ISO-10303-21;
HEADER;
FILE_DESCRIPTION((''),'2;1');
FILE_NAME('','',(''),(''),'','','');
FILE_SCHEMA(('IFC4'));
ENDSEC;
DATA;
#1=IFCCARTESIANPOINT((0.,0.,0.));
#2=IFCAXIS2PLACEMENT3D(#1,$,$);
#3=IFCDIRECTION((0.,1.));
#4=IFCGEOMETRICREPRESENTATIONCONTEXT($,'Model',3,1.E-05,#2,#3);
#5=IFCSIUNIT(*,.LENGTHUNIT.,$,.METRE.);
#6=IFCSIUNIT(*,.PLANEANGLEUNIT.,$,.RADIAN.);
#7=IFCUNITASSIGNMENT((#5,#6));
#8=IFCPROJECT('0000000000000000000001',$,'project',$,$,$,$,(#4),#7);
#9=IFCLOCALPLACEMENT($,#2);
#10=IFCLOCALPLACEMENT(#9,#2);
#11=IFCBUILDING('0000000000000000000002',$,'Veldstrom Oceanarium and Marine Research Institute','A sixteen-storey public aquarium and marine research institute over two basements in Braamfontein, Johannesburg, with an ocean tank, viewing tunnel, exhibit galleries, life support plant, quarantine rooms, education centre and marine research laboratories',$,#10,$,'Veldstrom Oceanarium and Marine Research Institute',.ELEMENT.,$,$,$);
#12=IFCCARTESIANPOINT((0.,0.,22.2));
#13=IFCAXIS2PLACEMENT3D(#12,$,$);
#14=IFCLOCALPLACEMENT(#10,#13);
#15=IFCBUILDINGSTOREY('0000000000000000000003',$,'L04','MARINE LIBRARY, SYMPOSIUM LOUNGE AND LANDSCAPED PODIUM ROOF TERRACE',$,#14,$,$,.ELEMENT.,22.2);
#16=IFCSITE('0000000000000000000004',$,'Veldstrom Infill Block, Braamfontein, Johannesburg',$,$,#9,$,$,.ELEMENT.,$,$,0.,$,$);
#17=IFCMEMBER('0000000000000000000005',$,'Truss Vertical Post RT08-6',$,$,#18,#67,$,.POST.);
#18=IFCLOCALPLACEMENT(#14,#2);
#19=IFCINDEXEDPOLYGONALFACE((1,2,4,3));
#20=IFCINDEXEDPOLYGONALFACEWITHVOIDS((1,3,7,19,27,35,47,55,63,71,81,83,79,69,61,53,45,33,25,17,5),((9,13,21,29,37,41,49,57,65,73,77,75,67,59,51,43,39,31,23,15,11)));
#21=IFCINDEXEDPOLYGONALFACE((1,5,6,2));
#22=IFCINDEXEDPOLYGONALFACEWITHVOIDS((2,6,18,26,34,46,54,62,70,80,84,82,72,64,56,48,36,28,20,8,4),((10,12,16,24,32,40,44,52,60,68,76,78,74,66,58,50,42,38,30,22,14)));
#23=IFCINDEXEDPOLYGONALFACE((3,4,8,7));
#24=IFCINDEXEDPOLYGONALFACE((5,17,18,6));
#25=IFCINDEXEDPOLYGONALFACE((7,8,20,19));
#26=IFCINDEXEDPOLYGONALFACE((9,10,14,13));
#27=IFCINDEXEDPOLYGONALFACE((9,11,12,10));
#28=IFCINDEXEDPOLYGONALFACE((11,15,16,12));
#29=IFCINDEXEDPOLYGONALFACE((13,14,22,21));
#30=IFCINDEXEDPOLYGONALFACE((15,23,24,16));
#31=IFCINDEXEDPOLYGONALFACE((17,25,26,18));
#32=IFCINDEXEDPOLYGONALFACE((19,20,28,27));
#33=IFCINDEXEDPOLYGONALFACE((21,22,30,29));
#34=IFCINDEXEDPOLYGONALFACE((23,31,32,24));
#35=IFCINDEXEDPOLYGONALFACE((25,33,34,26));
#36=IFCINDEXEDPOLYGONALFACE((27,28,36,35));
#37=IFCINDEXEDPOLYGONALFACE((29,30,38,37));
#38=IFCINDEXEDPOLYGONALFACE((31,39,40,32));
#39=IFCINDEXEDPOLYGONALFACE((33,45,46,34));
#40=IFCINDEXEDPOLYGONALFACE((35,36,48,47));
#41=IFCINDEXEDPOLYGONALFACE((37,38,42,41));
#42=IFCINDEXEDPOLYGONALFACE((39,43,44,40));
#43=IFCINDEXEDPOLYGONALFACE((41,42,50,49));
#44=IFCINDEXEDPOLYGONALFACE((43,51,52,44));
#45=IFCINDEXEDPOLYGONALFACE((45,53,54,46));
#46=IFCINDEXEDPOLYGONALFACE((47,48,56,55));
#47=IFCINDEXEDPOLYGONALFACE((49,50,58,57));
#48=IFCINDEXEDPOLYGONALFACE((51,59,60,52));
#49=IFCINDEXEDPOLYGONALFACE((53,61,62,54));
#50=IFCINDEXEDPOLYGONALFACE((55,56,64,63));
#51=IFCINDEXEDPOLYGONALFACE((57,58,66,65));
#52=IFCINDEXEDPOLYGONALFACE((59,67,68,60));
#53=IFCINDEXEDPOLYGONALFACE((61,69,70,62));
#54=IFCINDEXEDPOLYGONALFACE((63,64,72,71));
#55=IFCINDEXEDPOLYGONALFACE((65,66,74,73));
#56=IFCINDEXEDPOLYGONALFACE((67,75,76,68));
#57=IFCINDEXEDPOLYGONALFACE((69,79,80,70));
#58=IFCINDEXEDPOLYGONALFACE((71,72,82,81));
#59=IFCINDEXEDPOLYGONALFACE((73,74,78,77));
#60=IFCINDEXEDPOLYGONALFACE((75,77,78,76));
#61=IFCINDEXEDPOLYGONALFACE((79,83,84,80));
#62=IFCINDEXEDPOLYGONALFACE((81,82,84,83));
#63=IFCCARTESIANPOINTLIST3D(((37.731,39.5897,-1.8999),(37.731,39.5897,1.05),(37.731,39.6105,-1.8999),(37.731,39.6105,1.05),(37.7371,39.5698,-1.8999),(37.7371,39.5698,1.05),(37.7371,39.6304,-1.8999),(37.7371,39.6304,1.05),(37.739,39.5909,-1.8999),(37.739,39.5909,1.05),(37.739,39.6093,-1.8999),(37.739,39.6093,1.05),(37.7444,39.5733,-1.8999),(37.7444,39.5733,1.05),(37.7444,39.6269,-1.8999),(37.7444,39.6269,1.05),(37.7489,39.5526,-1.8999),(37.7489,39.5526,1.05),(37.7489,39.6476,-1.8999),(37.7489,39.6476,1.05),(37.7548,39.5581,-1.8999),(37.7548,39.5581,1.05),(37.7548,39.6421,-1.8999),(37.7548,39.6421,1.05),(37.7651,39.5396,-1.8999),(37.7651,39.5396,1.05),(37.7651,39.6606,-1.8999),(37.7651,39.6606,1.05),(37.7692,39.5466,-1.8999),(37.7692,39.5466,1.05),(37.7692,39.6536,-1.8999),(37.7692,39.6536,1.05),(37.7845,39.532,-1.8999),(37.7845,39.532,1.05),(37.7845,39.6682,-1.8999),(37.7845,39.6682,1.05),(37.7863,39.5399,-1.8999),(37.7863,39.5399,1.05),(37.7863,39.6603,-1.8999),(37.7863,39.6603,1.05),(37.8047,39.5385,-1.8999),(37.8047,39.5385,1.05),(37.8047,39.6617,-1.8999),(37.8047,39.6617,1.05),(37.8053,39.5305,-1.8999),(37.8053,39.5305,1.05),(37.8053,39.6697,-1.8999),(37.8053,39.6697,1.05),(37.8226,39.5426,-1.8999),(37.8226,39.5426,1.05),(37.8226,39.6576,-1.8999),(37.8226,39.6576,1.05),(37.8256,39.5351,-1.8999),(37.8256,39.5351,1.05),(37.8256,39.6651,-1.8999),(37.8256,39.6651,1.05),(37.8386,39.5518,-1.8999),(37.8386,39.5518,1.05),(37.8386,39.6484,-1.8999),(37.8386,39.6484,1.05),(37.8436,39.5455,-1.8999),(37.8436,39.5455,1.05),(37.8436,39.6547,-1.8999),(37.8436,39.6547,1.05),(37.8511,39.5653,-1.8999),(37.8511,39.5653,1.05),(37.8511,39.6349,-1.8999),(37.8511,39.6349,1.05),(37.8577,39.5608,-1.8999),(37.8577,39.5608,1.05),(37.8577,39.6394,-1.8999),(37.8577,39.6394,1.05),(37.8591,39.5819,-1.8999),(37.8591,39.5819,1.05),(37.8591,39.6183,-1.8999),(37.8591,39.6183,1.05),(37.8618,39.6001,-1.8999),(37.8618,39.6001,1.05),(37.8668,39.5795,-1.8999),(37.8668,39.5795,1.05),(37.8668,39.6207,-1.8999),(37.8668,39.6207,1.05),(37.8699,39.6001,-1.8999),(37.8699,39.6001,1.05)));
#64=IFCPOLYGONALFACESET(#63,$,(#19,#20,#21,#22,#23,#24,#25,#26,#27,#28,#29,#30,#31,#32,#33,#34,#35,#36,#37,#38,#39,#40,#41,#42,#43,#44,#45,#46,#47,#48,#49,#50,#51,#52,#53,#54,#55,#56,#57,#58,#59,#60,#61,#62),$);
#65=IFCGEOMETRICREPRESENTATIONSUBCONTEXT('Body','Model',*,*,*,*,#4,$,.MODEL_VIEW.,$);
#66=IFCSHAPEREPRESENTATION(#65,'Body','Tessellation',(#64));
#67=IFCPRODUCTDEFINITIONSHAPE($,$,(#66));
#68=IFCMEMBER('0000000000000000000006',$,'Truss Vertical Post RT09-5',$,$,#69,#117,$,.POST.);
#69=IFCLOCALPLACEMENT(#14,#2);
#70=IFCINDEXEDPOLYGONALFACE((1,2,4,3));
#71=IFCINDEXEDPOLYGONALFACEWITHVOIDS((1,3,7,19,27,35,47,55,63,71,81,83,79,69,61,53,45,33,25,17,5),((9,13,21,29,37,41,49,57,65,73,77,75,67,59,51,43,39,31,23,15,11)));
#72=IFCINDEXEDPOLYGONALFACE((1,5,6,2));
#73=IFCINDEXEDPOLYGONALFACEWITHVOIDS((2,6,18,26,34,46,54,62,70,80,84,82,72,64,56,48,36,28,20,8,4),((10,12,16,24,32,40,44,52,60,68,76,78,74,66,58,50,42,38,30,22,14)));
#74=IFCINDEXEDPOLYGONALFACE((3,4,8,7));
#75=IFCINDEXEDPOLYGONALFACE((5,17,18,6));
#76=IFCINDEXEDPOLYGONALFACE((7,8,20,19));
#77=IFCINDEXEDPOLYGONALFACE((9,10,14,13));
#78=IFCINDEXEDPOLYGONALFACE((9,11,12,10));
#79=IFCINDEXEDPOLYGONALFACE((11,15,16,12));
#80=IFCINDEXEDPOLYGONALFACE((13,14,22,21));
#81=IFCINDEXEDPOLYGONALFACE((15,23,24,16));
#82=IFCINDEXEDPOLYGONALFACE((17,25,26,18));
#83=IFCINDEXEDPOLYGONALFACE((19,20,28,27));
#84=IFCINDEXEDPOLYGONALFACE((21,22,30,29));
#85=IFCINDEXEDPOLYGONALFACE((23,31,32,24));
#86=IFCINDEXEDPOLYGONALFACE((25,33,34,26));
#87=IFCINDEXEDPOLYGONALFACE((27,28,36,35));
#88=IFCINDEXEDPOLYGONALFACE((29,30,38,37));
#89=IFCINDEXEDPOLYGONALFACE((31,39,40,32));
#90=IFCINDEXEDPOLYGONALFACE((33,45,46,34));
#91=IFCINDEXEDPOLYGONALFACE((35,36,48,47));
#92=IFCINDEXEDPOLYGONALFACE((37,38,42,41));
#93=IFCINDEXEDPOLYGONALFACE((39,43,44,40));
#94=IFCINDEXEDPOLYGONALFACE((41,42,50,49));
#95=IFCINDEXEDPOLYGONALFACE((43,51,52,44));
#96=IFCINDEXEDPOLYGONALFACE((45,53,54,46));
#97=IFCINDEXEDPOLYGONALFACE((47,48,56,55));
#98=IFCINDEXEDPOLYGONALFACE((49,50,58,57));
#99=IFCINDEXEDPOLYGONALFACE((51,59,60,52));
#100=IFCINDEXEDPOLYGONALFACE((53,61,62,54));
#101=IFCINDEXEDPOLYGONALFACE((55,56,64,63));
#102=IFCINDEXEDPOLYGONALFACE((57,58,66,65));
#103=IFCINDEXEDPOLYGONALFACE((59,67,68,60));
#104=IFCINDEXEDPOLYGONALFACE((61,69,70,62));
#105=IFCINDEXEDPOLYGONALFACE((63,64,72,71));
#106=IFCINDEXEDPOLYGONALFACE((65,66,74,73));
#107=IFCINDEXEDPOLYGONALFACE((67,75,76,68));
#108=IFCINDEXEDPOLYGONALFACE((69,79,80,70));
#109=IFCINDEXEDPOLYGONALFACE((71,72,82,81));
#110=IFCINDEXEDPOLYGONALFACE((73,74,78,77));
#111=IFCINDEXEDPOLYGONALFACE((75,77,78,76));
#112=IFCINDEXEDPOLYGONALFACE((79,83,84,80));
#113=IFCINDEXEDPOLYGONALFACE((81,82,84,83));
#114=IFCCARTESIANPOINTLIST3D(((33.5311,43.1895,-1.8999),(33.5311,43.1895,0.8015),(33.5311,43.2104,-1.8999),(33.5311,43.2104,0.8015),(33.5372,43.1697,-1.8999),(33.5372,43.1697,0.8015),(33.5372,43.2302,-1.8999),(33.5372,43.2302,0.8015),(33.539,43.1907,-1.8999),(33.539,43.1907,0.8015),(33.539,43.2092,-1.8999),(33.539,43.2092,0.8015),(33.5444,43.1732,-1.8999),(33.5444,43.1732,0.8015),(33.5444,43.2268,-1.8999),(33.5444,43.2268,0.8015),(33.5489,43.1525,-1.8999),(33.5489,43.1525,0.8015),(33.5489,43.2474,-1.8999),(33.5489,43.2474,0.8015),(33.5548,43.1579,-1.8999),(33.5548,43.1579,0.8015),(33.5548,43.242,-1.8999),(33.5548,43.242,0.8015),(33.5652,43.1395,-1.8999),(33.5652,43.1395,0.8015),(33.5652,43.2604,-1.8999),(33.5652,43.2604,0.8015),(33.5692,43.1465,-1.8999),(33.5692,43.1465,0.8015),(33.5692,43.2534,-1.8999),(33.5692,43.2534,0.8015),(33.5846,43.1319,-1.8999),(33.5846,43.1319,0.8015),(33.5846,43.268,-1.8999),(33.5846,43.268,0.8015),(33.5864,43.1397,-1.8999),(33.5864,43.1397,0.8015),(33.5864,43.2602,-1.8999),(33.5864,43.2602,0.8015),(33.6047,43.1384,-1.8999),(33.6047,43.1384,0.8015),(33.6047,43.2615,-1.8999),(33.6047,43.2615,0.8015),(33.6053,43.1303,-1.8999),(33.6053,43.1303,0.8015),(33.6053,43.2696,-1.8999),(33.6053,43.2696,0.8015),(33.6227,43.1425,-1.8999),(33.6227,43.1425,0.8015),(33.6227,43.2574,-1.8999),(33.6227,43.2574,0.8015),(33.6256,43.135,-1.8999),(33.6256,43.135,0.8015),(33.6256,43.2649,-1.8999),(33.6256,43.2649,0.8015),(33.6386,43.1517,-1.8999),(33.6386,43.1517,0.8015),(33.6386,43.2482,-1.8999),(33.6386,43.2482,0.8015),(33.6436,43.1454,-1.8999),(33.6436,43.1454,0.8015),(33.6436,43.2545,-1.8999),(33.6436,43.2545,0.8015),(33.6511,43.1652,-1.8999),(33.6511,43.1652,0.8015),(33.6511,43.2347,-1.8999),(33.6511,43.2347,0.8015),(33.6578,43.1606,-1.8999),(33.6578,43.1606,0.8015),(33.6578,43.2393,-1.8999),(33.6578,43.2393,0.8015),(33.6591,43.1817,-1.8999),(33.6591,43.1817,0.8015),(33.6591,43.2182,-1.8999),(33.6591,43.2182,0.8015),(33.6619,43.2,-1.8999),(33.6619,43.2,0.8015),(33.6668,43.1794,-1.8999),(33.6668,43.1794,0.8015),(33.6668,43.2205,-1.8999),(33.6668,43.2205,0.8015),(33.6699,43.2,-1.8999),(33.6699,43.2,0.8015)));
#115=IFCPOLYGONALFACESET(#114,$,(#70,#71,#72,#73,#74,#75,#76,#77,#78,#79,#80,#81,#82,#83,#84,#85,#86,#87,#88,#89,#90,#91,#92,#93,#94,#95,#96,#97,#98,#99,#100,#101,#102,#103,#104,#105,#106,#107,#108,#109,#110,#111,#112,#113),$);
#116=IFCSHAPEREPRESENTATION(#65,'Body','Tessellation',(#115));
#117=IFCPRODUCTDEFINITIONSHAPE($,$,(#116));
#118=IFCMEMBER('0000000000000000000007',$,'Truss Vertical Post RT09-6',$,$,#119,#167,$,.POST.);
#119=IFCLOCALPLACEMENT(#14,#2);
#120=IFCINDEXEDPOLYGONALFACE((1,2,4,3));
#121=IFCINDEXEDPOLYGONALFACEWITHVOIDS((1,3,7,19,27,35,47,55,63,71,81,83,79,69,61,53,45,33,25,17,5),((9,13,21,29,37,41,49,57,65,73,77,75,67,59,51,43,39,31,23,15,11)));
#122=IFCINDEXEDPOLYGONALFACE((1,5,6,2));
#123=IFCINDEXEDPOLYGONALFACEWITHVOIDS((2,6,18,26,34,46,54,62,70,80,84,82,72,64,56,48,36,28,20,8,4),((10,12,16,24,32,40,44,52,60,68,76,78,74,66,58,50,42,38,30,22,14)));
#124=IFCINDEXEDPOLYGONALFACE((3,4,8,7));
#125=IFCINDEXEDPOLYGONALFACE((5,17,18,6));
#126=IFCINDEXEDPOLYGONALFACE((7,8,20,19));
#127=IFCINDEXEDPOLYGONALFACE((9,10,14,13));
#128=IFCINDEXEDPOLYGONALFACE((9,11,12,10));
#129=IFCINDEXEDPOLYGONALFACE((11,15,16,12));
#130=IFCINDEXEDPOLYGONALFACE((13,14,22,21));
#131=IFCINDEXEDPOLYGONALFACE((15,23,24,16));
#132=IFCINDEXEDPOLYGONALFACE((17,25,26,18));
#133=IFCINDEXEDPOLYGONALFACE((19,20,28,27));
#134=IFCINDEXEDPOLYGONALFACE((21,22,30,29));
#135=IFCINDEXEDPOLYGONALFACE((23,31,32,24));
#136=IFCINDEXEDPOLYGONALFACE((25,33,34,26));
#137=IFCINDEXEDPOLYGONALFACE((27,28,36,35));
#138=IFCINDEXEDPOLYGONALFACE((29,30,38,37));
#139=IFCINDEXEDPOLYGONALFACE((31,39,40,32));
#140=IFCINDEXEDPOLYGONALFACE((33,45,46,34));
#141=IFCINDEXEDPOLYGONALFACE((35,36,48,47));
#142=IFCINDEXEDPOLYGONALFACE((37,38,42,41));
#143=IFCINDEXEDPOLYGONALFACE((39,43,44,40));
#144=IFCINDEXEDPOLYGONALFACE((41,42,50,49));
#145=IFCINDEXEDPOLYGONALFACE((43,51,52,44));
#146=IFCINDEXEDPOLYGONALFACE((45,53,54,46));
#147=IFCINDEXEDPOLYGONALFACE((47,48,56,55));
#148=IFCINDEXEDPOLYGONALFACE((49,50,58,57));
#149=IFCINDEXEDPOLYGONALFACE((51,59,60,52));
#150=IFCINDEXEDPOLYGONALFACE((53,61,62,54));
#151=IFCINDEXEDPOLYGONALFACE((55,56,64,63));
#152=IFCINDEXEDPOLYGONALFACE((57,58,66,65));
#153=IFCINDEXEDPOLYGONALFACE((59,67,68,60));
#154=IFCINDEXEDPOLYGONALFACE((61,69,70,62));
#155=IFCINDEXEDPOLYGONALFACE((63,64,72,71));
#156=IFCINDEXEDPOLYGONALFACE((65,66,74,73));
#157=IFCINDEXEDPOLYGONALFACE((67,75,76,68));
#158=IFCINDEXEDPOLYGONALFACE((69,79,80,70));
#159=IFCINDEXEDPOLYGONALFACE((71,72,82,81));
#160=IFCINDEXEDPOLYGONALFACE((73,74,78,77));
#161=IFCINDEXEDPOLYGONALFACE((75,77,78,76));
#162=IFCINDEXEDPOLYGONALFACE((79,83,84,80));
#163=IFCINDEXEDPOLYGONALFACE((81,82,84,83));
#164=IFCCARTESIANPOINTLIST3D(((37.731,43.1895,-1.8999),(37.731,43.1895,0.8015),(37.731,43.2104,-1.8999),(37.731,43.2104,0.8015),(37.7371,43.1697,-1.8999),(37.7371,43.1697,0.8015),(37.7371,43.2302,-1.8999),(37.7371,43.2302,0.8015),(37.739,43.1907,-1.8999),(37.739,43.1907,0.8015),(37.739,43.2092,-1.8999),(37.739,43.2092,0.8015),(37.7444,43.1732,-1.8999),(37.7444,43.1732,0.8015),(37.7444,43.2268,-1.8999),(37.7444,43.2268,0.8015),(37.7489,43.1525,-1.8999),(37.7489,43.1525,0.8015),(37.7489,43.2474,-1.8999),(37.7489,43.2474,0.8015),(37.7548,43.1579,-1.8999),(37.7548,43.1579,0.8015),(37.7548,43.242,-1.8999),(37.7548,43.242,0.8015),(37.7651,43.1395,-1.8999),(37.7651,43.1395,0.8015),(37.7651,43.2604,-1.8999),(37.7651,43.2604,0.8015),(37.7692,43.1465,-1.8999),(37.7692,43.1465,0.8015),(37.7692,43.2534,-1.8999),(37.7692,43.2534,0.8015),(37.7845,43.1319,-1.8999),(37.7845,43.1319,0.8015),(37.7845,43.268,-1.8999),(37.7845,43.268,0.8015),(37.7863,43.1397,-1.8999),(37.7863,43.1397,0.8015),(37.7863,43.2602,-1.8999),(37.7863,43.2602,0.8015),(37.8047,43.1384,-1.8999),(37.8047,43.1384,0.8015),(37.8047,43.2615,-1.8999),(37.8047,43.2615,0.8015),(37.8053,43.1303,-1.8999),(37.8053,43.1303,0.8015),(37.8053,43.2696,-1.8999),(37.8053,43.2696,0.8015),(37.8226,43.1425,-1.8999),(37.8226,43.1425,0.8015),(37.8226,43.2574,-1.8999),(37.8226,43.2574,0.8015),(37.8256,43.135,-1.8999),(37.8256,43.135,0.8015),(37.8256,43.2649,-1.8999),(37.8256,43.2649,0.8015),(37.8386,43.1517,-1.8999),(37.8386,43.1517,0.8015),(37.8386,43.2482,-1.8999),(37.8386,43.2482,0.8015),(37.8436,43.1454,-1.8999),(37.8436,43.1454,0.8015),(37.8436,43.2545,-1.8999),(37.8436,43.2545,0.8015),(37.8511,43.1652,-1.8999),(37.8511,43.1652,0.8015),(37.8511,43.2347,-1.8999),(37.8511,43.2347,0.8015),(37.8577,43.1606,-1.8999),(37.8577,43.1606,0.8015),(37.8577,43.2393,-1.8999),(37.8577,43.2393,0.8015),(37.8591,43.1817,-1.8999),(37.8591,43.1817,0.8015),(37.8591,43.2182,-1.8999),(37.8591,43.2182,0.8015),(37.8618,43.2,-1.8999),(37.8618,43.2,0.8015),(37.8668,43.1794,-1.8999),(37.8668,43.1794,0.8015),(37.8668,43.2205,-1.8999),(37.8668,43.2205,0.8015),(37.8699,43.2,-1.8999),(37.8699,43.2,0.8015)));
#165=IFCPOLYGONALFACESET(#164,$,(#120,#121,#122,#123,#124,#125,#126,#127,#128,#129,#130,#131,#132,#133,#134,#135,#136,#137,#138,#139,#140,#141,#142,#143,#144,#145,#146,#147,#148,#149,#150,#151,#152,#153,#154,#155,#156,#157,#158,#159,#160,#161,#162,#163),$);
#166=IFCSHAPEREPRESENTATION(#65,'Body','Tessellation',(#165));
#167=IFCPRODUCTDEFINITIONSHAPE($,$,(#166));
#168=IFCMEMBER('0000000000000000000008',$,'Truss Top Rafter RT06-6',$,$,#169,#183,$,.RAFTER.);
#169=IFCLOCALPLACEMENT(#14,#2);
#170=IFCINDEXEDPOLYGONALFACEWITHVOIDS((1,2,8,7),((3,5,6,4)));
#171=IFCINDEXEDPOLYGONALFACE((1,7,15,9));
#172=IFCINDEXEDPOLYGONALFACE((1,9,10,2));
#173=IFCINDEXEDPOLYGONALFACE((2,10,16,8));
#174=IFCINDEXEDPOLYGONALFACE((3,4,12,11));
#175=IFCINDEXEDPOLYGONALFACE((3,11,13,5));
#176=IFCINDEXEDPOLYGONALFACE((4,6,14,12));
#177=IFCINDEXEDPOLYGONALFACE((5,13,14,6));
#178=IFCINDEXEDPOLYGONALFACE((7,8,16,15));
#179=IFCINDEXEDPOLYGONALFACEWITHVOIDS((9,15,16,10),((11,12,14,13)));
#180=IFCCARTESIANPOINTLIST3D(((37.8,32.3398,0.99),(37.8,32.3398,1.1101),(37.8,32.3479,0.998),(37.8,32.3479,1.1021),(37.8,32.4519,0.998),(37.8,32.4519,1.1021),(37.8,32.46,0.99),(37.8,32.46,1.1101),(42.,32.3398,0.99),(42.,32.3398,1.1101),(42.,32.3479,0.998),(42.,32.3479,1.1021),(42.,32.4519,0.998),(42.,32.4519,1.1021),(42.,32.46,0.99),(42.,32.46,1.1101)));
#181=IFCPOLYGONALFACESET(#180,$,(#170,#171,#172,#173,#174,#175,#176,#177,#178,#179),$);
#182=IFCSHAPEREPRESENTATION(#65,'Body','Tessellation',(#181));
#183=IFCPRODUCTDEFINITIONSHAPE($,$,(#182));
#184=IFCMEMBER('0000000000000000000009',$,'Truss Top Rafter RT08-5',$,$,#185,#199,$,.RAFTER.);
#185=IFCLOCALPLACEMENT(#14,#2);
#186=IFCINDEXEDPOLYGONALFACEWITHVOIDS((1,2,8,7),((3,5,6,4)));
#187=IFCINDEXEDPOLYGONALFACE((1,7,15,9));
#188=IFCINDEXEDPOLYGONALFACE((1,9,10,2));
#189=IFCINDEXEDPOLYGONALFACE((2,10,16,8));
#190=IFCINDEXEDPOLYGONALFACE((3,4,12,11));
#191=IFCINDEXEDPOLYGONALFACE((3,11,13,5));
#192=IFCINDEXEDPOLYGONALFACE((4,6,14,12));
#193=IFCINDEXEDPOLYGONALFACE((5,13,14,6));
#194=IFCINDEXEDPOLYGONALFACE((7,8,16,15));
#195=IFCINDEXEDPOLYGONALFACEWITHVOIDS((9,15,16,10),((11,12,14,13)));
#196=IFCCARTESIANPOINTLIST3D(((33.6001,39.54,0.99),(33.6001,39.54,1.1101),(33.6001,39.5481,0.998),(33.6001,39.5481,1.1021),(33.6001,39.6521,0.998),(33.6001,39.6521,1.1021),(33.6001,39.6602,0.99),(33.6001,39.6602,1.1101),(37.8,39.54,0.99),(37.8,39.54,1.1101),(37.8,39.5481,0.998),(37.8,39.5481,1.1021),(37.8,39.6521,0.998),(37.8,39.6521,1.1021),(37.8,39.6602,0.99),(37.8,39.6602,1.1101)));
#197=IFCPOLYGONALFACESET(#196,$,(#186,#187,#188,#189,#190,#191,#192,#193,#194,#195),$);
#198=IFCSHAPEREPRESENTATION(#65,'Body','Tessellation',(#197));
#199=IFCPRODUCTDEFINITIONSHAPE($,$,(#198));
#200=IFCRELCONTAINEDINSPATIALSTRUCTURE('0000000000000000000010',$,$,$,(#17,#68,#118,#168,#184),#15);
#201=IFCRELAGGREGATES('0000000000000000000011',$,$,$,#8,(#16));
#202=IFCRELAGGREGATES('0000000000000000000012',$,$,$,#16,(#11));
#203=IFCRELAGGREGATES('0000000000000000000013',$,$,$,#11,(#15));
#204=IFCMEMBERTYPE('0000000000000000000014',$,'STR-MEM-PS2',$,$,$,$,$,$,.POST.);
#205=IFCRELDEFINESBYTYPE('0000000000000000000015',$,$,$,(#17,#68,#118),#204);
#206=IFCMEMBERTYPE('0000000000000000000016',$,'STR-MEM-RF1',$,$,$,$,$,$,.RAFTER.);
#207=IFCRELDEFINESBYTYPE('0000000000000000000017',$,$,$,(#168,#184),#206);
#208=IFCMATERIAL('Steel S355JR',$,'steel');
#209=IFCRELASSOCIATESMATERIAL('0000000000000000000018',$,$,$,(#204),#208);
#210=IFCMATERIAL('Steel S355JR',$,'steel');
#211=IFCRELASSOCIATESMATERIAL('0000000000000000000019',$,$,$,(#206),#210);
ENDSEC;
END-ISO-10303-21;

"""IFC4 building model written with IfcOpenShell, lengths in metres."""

from ifc_helpers import new_model, si_unit, direction, frame, origin, origin_2d, place, context, subcontext, project, spatial, hollow_rectangle, hollow_circle, extrude, material, material_profile, profile_set, type_object, element, save


model = new_model("IFC4")

# Units and contexts
model_context = context("Model", 3, precision=1e-05, world=origin(), true_north=direction((0.0, 1.0)))
body_context = subcontext(model_context, "Body", "Model", "MODEL_VIEW")
ifc_project = project(units=[si_unit("LENGTHUNIT", "METRE"), si_unit("PLANEANGLEUNIT", "RADIAN")], contexts=[model_context])

# Site, building, storey
site_placement = place(None, origin())
site = spatial("IfcSite", under=ifc_project, at=site_placement, Name="Veldstrom Infill Block, Braamfontein, Johannesburg", CompositionType="ELEMENT", RefElevation=0.0)
building_placement = place(site_placement, origin())
building = spatial("IfcBuilding", under=site, at=building_placement, Name="Veldstrom Oceanarium and Marine Research Institute", Description="A sixteen-storey public aquarium and marine research institute over two basements in Braamfontein, Johannesburg, with an ocean tank, viewing tunnel, exhibit galleries, life support plant, quarantine rooms, education centre and marine research laboratories", LongName="Veldstrom Oceanarium and Marine Research Institute", CompositionType="ELEMENT")
storey_placement = place(building_placement, frame((0.0, 0.0, 22.2)))
storey = spatial("IfcBuildingStorey", under=building, at=storey_placement, Name="L04", Description="MARINE LIBRARY, SYMPOSIUM LOUNGE AND LANDSCAPED PODIUM ROOF TERRACE", CompositionType="ELEMENT", Elevation=22.2)

# Members
ifc_material_1 = material(Name="Steel S355JR", Category="steel")
ifc_material_profile_1 = material_profile(ifc_material_1, hollow_circle(Radius=0.0698, WallThickness=0.0081, at=origin_2d()), Name="CHS 139.7x8")
ifc_profile_set_1 = profile_set([ifc_material_profile_1], Name="Steel S355JR")
member_type_1 = type_object("IfcMemberType", Name="STR-MEM-PS2", PredefinedType="POST", material=ifc_profile_set_1)
for number, where, z_axis, x_axis, name in (
    (1, (37.8, 39.6001, -1.8999), (0.0, 0.0, 1.0), (1.0, 0.0, 0.0), "Truss Vertical Post RT08-6"),
):
    element("IfcMember", number, at=place(storey_placement, frame(where, z_axis=z_axis, x_axis=x_axis)), inside=storey, type_object=member_type_1, Name=name, PredefinedType="POST", context=body_context, shape_type="SweptSolid", body=[
        extrude(hollow_circle(Radius=0.0698, WallThickness=0.0081, at=origin_2d()), origin(), (0.0, 0.0, 1.0), 2.95),
    ])
for number, where, z_axis, x_axis, name in (
    (2, (33.6001, 43.2, -1.8999), (0.0, 0.0, 1.0), (1.0, 0.0, 0.0), "Truss Vertical Post RT09-5"),
    (3, (37.8, 43.2, -1.8999), (0.0, 0.0, 1.0), (1.0, 0.0, 0.0), "Truss Vertical Post RT09-6"),
):
    element("IfcMember", number, at=place(storey_placement, frame(where, z_axis=z_axis, x_axis=x_axis)), inside=storey, type_object=member_type_1, Name=name, PredefinedType="POST", context=body_context, shape_type="SweptSolid", body=[
        extrude(hollow_circle(Radius=0.0698, WallThickness=0.0081, at=origin_2d()), origin(), (0.0, 0.0, 1.0), 2.7014),
    ])
ifc_material_2 = material(Name="Steel S355JR", Category="steel")
ifc_material_profile_2 = material_profile(ifc_material_2, hollow_rectangle(XDim=0.1201, YDim=0.1201, WallThickness=0.0081, at=origin_2d()), Name="SHS 120x120x8")
ifc_profile_set_2 = profile_set([ifc_material_profile_2], Name="Steel S355JR")
member_type_2 = type_object("IfcMemberType", Name="STR-MEM-RF1", PredefinedType="RAFTER", material=ifc_profile_set_2)
for number, where, z_axis, x_axis, name in (
    (4, (37.8, 32.3999, 1.05), (1.0, 0.0, 0.0), (0.0, 1.0, 0.0), "Truss Top Rafter RT06-6"),
    (5, (33.6001, 39.6001, 1.05), (1.0, 0.0, 0.0), (0.0, 1.0, 0.0), "Truss Top Rafter RT08-5"),
):
    element("IfcMember", number, at=place(storey_placement, frame(where, z_axis=z_axis, x_axis=x_axis)), inside=storey, type_object=member_type_2, Name=name, PredefinedType="RAFTER", context=body_context, shape_type="SweptSolid", body=[
        extrude(hollow_rectangle(XDim=0.1201, YDim=0.1201, WallThickness=0.0081, at=origin_2d()), origin(), (0.0, 0.0, 1.0), 4.2),
    ])

save(model, "model.ifc")
